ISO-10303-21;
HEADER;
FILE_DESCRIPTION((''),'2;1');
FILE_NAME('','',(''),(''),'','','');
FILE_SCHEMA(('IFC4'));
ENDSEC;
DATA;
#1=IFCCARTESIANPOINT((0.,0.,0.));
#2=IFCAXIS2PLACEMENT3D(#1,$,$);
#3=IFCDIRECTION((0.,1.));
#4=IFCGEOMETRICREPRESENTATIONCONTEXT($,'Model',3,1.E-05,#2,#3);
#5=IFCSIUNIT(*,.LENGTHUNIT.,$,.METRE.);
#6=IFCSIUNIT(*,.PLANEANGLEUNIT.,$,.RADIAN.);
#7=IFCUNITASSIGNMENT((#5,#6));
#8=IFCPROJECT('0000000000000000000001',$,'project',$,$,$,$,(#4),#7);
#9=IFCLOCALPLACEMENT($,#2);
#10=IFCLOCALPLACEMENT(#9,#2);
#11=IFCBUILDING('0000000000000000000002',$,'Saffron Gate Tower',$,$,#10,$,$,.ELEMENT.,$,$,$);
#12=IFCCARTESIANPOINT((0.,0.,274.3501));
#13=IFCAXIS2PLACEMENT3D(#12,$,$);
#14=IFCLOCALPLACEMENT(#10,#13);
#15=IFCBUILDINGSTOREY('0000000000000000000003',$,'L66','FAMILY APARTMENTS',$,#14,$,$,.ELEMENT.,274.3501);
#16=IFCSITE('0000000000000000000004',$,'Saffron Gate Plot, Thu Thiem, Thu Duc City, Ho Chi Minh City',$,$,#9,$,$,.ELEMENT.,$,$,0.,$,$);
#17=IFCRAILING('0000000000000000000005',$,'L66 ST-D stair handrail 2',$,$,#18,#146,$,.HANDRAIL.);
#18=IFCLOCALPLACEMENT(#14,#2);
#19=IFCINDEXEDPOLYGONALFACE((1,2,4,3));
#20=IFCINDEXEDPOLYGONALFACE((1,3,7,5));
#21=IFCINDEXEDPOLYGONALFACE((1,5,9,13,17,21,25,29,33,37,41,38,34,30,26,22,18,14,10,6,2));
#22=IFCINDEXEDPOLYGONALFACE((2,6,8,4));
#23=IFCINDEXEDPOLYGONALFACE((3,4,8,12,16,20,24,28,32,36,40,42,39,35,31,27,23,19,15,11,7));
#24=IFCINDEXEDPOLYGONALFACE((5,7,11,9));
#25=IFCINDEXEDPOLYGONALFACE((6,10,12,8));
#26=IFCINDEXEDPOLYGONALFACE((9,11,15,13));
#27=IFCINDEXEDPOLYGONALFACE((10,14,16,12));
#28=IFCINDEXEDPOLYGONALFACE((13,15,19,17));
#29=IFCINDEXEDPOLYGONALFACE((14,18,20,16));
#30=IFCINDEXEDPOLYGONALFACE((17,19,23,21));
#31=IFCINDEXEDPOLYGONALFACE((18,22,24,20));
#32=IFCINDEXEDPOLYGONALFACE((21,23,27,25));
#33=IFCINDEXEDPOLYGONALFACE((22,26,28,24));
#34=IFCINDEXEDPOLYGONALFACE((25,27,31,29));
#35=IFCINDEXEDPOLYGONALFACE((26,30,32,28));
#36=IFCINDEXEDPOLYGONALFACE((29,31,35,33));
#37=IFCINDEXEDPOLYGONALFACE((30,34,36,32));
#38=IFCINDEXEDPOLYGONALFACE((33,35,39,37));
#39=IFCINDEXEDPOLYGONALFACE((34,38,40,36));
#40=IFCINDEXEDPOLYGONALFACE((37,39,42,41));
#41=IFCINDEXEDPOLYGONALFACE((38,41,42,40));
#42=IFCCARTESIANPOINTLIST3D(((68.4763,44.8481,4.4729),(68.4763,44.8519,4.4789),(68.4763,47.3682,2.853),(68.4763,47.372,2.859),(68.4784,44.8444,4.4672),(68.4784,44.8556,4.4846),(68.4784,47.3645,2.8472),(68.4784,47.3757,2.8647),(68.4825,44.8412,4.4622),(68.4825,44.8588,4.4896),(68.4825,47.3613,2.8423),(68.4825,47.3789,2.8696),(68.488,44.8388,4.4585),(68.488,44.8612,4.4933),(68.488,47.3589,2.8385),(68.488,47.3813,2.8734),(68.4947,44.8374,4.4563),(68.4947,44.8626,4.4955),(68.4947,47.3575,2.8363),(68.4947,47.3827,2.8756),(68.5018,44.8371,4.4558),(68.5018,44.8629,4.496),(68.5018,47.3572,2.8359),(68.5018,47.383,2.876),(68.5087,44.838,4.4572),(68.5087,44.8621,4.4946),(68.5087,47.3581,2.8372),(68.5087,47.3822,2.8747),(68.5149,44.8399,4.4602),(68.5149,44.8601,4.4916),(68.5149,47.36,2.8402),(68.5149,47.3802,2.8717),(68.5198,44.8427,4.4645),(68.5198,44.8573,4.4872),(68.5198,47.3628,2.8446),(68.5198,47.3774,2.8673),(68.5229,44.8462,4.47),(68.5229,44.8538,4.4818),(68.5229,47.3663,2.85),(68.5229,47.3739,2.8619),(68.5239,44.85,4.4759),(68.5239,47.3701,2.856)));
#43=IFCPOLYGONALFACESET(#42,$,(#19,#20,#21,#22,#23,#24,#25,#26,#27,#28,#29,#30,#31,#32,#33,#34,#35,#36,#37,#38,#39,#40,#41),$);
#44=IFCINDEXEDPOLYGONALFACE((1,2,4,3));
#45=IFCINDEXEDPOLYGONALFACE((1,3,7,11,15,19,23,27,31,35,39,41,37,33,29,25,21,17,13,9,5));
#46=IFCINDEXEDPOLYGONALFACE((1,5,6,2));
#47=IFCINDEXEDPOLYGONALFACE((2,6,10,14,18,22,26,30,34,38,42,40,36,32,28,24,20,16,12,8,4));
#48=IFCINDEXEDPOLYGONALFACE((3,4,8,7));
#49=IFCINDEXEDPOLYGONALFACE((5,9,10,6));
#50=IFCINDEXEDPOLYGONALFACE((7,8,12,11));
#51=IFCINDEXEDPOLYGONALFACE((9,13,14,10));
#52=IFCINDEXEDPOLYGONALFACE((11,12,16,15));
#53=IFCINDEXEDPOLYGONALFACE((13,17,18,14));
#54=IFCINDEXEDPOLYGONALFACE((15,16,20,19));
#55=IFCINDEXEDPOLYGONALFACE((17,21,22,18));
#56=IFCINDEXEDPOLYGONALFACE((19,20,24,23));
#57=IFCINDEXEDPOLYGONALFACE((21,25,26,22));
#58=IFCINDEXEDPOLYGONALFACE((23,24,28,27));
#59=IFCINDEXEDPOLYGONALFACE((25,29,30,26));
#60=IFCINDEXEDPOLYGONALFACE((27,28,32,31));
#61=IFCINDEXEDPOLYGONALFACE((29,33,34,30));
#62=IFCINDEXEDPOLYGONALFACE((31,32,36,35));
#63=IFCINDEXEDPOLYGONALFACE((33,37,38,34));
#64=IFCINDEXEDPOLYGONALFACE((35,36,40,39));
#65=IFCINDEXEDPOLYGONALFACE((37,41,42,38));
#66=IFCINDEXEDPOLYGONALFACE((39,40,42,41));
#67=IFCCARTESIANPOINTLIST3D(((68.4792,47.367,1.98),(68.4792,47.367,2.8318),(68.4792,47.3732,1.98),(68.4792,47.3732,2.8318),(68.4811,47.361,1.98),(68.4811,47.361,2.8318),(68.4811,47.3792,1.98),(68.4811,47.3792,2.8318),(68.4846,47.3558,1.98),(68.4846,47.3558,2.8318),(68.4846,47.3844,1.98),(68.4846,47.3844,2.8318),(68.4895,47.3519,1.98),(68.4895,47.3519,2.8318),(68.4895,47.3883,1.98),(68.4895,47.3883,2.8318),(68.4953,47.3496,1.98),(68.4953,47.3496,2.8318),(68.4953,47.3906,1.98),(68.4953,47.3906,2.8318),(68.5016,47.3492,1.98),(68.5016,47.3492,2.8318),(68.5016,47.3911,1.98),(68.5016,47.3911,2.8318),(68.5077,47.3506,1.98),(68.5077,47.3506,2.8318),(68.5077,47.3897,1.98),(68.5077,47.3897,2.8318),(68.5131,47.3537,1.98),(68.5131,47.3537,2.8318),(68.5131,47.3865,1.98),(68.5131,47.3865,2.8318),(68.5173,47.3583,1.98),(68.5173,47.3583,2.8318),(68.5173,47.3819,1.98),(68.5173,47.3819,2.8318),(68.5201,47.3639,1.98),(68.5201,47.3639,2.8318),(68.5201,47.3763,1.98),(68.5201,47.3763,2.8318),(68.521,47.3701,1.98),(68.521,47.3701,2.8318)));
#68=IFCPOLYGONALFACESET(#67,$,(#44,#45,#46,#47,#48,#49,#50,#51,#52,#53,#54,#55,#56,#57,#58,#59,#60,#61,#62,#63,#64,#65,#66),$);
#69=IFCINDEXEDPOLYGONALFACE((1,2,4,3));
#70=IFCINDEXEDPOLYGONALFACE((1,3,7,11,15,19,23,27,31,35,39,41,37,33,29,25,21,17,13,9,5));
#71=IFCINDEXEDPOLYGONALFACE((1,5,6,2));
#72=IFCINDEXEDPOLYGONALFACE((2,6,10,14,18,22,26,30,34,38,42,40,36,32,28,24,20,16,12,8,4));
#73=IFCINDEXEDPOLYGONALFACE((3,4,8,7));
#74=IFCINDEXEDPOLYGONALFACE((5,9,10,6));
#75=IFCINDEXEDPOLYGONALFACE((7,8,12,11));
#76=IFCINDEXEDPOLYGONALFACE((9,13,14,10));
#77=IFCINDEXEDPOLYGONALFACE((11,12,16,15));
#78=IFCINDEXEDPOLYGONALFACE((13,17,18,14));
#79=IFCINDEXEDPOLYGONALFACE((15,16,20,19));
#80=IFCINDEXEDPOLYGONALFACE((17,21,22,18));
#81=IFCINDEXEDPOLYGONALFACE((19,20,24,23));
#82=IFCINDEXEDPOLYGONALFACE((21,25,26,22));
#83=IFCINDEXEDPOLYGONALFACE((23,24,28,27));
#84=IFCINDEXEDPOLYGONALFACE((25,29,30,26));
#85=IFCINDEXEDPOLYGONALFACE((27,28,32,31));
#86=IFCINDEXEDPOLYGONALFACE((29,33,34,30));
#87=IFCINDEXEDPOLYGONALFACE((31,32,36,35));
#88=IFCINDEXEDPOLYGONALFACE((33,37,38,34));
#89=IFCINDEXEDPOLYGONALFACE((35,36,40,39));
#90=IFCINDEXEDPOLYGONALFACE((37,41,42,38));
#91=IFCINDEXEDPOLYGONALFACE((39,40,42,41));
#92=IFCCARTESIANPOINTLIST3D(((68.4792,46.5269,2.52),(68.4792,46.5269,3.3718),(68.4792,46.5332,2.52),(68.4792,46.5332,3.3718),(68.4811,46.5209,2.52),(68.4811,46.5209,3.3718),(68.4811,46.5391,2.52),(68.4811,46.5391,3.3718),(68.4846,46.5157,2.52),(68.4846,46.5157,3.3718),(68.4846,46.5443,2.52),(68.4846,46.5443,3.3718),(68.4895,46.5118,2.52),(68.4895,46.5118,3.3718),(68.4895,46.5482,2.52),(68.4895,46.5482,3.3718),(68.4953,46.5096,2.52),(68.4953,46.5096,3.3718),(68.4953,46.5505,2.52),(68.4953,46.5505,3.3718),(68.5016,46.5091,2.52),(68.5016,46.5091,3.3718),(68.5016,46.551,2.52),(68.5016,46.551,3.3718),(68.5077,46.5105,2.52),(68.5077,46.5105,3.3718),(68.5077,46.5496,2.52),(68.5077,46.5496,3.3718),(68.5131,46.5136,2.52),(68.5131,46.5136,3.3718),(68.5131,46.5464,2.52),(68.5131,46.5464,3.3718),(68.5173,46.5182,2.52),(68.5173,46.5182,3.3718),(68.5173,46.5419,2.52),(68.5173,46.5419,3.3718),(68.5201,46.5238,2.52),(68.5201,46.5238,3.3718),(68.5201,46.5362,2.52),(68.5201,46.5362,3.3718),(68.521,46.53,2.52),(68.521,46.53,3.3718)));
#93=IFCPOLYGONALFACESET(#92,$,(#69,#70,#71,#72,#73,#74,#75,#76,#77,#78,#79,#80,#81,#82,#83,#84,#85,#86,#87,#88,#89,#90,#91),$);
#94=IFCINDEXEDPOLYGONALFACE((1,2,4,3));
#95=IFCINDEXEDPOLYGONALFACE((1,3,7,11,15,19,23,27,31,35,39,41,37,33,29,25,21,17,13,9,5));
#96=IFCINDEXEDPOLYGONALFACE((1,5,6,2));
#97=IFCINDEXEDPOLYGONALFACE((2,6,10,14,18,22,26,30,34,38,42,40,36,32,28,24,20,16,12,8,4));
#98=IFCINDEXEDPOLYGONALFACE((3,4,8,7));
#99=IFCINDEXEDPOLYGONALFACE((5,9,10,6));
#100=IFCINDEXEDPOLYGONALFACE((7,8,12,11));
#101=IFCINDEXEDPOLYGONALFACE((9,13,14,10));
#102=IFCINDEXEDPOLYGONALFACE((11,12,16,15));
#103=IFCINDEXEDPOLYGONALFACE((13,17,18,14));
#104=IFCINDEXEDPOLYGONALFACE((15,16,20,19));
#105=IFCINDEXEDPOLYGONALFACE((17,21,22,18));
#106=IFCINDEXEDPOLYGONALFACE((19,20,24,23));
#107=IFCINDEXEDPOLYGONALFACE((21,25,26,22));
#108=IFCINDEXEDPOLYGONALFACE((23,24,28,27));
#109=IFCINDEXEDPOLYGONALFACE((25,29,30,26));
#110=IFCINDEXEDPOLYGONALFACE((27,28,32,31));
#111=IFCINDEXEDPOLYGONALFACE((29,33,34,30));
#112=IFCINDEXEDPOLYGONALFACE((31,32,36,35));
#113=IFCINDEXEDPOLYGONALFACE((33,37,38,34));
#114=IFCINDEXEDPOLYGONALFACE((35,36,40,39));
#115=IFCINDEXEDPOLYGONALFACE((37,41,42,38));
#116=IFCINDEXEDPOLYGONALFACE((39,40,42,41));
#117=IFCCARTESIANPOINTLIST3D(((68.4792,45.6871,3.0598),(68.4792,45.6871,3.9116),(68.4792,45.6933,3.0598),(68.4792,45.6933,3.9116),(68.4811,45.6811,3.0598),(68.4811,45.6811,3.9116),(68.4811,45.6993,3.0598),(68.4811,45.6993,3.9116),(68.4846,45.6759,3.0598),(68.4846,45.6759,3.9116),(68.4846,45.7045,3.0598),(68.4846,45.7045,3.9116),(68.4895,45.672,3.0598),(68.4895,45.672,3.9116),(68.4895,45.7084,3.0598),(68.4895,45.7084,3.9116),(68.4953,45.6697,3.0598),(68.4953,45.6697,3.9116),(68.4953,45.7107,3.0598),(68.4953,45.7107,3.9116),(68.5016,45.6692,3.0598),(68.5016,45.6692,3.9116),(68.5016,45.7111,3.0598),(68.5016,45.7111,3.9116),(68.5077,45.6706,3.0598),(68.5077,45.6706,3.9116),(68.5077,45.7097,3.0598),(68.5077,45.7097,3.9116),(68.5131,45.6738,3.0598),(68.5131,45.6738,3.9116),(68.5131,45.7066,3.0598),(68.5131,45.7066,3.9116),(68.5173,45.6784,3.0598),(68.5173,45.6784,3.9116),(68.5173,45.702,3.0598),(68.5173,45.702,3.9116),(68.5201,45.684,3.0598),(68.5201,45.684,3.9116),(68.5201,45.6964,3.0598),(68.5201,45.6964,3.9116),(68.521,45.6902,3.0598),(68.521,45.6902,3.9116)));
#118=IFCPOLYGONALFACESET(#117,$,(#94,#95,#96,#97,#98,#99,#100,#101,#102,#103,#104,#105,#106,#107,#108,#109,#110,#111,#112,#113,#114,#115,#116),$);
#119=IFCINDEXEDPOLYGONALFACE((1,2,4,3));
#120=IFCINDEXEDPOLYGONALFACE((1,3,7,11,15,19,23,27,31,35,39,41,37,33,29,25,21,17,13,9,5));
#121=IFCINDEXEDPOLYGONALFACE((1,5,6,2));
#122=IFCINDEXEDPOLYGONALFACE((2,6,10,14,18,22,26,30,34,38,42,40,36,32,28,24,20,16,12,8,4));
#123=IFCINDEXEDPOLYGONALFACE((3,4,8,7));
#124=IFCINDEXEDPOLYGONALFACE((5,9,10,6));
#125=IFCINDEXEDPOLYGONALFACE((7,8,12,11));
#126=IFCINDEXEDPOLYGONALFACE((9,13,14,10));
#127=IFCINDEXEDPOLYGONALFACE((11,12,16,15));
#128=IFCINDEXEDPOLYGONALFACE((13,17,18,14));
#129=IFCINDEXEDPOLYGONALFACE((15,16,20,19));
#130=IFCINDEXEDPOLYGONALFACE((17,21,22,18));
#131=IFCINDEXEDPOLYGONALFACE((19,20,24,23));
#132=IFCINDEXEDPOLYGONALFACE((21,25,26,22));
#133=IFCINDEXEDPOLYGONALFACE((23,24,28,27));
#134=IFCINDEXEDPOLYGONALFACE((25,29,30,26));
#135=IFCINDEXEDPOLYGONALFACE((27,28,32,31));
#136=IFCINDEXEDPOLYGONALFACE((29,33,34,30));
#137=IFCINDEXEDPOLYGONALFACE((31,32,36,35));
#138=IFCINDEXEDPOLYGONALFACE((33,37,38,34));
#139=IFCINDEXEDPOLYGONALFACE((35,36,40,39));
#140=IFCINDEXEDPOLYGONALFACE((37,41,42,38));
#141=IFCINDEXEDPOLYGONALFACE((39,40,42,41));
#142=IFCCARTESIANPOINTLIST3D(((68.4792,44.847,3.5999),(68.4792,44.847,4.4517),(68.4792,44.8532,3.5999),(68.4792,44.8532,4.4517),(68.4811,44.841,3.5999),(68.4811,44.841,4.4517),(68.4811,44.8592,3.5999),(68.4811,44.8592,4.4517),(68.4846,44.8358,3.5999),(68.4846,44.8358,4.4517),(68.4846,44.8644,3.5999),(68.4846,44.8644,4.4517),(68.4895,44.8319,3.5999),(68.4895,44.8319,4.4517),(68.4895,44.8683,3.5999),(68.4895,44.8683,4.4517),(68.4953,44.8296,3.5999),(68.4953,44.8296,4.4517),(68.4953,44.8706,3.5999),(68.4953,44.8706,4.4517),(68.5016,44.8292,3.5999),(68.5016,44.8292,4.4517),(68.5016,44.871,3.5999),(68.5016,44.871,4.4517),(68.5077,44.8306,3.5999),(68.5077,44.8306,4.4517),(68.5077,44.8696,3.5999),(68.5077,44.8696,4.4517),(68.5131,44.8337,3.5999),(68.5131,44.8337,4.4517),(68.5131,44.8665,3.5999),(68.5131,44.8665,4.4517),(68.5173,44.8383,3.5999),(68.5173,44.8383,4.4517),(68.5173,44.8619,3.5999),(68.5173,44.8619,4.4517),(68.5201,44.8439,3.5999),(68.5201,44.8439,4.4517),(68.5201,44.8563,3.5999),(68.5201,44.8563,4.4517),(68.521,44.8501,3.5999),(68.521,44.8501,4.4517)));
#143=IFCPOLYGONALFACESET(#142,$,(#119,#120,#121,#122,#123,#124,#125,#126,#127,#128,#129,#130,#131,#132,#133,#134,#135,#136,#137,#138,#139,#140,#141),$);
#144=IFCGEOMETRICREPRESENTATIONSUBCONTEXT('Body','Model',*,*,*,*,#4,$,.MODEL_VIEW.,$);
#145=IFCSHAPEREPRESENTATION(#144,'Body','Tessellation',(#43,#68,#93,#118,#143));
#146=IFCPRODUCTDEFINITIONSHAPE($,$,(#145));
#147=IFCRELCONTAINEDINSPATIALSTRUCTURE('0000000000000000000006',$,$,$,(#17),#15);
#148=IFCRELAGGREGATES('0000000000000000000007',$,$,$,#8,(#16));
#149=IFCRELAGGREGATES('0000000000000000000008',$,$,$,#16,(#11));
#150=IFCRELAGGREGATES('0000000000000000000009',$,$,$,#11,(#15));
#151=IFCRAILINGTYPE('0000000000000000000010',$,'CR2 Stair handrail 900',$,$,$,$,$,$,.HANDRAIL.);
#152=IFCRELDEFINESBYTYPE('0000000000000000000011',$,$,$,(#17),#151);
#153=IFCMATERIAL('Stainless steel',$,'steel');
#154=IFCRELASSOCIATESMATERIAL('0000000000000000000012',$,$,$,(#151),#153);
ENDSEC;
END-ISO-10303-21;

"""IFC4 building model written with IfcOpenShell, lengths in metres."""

from ifc_helpers import new_model, si_unit, direction, frame, origin, origin_2d, place, context, subcontext, project, spatial, circle, extrude, material, type_object, element, save


model = new_model("IFC4")

# Units and contexts
model_context = context("Model", 3, precision=1e-05, world=origin(), true_north=direction((0.0, 1.0)))
body_context = subcontext(model_context, "Body", "Model", "MODEL_VIEW")
ifc_project = project(units=[si_unit("LENGTHUNIT", "METRE"), si_unit("PLANEANGLEUNIT", "RADIAN")], contexts=[model_context])

# Site, building, storey
site_placement = place(None, origin())
site = spatial("IfcSite", under=ifc_project, at=site_placement, Name="Saffron Gate Plot, Thu Thiem, Thu Duc City, Ho Chi Minh City", CompositionType="ELEMENT", RefElevation=0.0)
building_placement = place(site_placement, origin())
building = spatial("IfcBuilding", under=site, at=building_placement, Name="Saffron Gate Tower", CompositionType="ELEMENT")
storey_placement = place(building_placement, frame((0.0, 0.0, 274.3501)))
storey = spatial("IfcBuildingStorey", under=building, at=storey_placement, Name="L66", Description="FAMILY APARTMENTS", CompositionType="ELEMENT", Elevation=274.3501)

# Railing
ifc_material_1 = material(Name="Stainless steel", Category="steel")
railing_type_1 = type_object("IfcRailingType", Name="CR2 Stair handrail 900", PredefinedType="HANDRAIL", material=ifc_material_1)
railing_1_placement = place(storey_placement, frame((68.5, 47.3701, 1.98)))
element("IfcRailing", 1, at=railing_1_placement, inside=storey, type_object=railing_type_1, Name="L66 ST-D stair handrail 2", PredefinedType="HANDRAIL", context=body_context, shape_type="SweptSolid", body=[
    extrude(circle(Radius=0.0239, at=origin_2d()), frame((0.0, 0.0, 0.876), z_axis=(0.0, -0.8412, 0.540725), x_axis=(1.0, 0.0, 0.0)), (0.0, 0.0, 1.0), 2.9958),
    extrude(circle(Radius=0.021, at=origin_2d()), origin(), (0.0, 0.0, 1.0), 0.8518),
    extrude(circle(Radius=0.021, at=origin_2d()), frame((0.0, -0.8401, 0.54)), (0.0, 0.0, 1.0), 0.8518),
    extrude(circle(Radius=0.021, at=origin_2d()), frame((0.0, -1.6799, 1.0798)), (0.0, 0.0, 1.0), 0.8518),
    extrude(circle(Radius=0.021, at=origin_2d()), frame((0.0, -2.52, 1.6199)), (0.0, 0.0, 1.0), 0.8518),
])

save(model, "model.ifc")
